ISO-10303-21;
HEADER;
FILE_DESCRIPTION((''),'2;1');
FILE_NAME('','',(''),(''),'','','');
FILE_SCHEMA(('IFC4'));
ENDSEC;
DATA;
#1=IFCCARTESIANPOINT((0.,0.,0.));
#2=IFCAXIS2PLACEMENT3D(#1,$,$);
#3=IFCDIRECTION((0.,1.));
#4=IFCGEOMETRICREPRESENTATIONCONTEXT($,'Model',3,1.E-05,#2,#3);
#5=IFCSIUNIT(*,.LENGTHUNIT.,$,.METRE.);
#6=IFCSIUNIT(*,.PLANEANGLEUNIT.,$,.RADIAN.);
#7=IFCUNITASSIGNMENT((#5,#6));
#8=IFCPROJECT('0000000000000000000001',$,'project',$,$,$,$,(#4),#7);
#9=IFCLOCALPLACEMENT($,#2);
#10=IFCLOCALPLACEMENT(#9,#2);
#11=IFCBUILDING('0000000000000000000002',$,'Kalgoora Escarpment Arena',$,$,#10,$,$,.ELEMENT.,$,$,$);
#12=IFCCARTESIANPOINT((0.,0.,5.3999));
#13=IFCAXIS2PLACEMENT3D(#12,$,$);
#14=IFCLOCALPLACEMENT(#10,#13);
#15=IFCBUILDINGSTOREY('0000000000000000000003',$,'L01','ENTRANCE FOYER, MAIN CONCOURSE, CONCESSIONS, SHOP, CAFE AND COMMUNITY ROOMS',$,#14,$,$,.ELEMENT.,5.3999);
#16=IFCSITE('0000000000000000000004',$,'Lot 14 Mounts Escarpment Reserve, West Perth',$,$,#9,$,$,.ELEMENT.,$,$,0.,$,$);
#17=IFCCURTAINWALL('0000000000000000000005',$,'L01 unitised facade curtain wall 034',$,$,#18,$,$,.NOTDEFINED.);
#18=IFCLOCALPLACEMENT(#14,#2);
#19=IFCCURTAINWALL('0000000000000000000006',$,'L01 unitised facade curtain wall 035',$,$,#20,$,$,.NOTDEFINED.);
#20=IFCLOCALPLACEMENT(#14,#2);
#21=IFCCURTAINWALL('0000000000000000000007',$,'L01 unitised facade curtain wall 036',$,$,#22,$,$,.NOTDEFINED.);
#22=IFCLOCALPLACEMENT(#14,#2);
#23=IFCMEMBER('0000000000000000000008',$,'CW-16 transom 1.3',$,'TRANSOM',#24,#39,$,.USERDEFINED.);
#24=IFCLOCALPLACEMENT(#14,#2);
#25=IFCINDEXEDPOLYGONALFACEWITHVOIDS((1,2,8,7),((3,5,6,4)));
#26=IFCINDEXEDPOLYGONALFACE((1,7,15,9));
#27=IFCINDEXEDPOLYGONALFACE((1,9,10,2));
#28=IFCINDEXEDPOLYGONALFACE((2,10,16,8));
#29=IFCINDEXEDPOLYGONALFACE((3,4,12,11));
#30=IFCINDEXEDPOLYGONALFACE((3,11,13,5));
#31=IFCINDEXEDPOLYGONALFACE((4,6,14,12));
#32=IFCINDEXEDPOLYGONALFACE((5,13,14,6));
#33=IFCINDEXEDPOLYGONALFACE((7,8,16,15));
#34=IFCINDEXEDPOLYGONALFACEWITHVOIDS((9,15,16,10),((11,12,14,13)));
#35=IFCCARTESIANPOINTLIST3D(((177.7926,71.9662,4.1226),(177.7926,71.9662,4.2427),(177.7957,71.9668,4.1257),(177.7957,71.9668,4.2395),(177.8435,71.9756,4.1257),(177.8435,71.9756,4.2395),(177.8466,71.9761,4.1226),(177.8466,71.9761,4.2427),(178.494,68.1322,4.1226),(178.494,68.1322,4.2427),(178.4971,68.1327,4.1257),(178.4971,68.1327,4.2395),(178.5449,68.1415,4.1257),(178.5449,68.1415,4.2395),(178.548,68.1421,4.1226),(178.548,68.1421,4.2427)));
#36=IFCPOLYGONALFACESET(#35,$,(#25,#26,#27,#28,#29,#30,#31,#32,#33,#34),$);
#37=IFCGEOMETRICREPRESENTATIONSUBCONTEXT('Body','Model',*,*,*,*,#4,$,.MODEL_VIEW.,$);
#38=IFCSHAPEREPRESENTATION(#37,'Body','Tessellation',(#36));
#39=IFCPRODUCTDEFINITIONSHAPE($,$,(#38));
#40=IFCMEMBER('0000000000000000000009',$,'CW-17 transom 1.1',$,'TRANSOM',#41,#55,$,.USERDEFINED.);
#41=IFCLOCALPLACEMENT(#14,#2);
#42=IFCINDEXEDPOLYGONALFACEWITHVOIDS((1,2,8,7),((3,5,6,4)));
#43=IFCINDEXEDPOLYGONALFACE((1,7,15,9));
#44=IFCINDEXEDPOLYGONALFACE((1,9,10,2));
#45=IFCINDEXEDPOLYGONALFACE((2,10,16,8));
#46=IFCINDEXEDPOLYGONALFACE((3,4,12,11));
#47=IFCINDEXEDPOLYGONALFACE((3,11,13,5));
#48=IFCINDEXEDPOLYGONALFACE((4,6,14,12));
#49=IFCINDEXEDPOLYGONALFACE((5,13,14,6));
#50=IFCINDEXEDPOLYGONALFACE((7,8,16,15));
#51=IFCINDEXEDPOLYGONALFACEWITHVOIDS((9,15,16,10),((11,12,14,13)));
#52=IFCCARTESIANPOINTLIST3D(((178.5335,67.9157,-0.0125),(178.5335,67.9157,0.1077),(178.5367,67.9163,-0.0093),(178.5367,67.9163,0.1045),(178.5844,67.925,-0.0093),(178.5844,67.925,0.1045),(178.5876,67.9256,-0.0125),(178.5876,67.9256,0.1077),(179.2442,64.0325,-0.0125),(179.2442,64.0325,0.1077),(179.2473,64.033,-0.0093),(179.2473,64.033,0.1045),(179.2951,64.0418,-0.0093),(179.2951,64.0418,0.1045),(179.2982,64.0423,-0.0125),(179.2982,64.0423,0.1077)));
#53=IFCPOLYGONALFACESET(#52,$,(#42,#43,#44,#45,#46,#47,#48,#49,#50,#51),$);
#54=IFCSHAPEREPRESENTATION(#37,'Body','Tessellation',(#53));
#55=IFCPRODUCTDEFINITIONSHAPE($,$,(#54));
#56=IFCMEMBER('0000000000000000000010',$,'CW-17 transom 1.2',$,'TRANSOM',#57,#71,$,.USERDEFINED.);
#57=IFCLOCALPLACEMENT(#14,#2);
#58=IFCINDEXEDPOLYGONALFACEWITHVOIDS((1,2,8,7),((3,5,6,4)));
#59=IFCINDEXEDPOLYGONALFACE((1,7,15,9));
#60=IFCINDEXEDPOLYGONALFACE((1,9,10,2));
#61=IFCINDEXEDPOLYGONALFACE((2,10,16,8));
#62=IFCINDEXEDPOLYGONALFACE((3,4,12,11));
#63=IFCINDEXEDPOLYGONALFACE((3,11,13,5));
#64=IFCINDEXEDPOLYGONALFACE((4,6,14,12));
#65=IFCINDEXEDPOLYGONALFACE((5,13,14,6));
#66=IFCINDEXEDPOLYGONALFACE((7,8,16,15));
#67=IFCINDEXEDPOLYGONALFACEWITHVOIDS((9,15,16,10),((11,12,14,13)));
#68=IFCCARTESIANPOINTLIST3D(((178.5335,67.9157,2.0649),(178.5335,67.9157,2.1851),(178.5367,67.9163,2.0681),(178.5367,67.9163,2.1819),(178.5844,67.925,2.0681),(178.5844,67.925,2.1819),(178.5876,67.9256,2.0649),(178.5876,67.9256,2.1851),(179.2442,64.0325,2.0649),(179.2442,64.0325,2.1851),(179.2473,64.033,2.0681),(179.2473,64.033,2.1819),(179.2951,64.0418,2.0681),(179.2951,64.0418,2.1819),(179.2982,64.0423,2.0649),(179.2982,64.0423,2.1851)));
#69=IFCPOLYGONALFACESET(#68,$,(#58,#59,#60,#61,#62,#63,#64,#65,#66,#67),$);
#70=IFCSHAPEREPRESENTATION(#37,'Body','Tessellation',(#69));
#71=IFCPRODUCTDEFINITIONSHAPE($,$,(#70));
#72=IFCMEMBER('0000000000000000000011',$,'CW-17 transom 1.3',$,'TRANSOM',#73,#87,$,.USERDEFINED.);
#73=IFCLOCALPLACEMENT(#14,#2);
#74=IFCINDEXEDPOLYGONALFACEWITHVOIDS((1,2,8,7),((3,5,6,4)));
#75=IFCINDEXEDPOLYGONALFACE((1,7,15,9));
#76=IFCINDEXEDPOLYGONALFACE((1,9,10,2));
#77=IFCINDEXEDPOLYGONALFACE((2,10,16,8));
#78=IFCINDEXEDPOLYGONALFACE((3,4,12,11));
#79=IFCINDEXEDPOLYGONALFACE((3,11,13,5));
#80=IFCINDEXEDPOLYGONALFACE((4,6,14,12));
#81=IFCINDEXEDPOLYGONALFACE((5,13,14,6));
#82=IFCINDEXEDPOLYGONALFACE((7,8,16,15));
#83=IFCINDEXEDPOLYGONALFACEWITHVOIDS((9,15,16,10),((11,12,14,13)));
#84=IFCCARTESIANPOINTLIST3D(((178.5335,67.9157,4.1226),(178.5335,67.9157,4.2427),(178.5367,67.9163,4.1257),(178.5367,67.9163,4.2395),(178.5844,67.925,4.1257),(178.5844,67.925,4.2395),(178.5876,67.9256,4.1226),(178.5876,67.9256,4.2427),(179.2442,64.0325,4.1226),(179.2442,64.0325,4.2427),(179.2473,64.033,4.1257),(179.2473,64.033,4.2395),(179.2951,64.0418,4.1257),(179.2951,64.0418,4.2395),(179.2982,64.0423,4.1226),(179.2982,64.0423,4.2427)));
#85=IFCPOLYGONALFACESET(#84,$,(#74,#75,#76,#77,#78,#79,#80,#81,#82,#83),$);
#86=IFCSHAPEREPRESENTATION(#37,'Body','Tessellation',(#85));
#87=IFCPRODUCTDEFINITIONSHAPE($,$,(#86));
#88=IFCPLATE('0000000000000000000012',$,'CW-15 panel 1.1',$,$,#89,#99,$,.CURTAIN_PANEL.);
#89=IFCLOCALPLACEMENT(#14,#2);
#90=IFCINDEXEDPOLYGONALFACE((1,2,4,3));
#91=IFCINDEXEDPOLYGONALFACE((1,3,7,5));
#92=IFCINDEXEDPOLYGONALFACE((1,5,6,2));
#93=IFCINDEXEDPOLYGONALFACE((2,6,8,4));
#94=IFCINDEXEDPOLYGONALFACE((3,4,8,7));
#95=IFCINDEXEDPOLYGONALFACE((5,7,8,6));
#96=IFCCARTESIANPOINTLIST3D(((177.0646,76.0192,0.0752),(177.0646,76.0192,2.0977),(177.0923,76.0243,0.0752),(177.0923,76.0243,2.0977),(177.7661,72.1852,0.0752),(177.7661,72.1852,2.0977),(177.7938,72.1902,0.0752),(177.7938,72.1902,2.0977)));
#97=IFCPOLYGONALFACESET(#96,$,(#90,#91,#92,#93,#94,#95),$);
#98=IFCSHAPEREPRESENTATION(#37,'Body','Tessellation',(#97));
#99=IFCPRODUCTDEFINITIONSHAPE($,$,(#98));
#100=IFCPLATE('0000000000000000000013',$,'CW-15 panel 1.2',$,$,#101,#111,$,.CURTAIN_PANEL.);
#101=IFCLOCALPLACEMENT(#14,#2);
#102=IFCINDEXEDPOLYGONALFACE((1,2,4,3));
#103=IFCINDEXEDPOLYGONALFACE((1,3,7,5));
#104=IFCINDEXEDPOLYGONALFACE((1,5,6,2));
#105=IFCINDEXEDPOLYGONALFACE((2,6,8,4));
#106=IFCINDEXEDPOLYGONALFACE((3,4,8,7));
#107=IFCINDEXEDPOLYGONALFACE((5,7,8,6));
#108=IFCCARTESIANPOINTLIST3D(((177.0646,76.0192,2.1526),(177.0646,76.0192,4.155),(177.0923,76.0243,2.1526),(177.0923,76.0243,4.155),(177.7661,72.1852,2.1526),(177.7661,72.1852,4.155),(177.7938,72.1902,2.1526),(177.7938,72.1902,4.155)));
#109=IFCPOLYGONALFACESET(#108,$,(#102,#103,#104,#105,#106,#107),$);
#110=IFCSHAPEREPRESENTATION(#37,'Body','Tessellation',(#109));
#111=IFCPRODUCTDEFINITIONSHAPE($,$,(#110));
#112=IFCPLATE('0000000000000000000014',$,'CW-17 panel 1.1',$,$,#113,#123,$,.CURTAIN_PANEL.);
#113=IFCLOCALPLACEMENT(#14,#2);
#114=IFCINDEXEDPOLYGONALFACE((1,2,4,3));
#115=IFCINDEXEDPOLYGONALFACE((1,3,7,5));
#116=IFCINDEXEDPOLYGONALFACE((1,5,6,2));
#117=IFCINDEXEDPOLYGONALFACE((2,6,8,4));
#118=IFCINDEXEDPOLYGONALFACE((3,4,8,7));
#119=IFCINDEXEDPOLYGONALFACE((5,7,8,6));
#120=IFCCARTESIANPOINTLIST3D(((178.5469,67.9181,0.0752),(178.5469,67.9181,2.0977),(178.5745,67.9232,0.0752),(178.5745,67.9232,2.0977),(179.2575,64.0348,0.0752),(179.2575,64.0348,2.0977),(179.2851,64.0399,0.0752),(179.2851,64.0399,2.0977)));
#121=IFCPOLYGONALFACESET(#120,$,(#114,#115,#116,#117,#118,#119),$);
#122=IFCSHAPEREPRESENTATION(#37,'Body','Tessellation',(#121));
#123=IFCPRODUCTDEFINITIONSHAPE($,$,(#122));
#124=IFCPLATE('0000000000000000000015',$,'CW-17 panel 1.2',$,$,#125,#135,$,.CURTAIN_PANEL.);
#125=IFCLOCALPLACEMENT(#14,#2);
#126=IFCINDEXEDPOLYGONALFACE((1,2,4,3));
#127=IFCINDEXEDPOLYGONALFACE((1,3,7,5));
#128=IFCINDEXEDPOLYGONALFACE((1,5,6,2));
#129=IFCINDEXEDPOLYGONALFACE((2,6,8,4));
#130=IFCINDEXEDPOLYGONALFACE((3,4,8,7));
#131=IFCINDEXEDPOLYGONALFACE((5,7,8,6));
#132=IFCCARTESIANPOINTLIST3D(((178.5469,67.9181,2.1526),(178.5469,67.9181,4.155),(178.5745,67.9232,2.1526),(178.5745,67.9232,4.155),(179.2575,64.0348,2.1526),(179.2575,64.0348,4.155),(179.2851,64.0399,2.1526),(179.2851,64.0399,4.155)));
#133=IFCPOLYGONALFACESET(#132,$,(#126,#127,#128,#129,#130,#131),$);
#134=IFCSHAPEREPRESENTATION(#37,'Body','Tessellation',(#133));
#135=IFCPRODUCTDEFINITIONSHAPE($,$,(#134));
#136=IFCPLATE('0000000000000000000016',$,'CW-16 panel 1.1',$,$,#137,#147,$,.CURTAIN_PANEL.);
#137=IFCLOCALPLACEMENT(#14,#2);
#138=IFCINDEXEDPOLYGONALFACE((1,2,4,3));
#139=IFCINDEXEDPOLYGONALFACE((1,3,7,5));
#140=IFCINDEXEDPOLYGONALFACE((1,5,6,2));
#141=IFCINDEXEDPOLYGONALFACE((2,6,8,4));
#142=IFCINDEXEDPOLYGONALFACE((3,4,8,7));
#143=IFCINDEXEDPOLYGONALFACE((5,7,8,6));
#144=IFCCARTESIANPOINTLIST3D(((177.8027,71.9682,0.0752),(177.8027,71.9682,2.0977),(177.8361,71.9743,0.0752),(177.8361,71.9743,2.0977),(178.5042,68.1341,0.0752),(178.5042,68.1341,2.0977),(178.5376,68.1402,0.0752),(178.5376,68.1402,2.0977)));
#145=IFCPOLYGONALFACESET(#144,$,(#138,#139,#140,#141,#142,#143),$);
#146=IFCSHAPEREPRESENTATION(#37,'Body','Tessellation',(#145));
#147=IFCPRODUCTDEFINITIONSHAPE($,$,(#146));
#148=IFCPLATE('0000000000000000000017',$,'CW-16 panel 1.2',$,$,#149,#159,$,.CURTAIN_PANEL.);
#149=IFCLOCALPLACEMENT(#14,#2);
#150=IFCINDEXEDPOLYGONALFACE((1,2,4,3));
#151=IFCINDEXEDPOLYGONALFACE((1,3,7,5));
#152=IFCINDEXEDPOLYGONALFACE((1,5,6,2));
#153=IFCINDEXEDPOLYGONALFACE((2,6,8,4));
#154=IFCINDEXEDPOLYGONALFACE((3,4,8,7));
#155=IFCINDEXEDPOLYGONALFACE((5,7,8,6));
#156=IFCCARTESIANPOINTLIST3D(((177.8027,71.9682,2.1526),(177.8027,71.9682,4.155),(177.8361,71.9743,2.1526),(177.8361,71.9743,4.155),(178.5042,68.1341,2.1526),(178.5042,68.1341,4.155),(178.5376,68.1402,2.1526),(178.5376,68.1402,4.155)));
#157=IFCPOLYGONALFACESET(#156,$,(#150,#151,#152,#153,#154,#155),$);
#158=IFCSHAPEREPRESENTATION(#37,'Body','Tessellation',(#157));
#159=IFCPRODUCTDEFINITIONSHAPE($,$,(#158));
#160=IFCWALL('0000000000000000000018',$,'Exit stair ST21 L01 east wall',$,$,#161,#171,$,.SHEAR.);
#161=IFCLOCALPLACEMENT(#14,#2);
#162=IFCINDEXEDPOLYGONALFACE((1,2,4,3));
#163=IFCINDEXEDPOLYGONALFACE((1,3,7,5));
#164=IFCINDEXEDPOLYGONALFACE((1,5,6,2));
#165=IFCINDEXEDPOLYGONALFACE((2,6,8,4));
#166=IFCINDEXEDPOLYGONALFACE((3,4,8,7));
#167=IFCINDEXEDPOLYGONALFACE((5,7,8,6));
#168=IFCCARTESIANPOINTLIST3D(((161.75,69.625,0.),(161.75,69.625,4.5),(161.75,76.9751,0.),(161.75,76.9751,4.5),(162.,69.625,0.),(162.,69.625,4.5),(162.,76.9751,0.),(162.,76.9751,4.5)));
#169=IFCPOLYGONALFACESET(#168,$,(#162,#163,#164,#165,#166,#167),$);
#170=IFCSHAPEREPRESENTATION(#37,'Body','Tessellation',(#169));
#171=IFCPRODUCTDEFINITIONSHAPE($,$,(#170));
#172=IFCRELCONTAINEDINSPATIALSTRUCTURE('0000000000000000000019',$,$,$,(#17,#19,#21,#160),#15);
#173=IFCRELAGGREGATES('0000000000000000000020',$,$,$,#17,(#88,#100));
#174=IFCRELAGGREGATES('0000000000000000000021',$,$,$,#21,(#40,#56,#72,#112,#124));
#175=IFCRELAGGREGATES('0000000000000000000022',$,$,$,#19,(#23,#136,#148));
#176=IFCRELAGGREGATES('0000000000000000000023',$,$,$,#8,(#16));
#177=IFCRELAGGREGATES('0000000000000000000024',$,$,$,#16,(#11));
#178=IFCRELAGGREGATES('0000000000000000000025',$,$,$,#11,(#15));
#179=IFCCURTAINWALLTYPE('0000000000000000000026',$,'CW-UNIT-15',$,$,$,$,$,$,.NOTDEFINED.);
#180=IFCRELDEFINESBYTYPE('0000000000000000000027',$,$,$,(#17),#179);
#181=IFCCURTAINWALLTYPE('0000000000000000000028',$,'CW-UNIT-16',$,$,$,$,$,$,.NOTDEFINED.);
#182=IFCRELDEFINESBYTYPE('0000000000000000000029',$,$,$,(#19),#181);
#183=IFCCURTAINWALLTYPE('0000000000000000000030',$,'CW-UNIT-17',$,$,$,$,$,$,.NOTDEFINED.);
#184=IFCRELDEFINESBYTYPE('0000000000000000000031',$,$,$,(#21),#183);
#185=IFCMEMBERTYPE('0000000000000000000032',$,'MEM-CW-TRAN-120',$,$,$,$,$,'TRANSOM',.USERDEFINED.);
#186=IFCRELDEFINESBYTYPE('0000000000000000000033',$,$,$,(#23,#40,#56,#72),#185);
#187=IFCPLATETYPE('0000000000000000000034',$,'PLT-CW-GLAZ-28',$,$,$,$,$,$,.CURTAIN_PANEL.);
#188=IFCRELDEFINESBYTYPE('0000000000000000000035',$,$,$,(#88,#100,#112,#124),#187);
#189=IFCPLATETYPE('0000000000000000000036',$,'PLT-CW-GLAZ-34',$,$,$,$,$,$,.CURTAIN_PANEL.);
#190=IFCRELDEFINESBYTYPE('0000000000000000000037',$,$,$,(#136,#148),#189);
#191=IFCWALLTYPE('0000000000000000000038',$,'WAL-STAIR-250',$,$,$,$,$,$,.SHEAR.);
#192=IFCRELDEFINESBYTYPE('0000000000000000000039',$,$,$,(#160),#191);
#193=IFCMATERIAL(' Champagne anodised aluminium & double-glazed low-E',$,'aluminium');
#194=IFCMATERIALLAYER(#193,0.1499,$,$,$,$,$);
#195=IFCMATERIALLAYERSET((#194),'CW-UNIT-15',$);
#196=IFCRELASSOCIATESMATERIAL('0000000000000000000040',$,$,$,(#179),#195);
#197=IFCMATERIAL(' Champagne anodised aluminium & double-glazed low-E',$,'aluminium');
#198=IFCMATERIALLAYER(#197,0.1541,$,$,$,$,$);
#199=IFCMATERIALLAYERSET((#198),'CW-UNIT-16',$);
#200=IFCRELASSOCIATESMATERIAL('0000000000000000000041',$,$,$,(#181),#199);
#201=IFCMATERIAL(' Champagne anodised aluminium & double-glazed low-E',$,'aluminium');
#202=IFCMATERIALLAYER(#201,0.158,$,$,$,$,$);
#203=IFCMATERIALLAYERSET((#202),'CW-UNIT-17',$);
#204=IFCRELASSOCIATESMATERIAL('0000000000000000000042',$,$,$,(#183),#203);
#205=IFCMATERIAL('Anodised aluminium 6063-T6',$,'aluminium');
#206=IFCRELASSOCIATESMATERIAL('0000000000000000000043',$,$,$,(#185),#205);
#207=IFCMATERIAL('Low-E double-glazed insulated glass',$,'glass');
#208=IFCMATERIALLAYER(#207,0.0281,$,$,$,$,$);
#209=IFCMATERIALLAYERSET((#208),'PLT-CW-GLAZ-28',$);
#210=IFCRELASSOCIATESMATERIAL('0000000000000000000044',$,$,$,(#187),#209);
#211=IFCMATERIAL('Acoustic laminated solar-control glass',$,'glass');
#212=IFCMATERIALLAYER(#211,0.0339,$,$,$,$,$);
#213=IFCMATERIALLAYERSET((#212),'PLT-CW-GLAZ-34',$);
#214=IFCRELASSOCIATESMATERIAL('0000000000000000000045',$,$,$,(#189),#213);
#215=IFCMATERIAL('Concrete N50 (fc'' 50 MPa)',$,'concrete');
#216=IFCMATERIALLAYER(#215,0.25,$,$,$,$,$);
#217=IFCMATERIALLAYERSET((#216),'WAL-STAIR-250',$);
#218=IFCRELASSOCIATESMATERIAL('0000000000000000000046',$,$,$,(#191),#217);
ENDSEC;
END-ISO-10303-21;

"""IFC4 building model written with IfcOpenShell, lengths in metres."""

from ifc_helpers import new_model, si_unit, direction, frame, frame_2d, origin, origin_2d, place, context, subcontext, project, spatial, rectangle, hollow_rectangle, extrude, material, layer, layer_set, material_profile, profile_set, type_object, element, aggregate, save


model = new_model("IFC4")

# Units and contexts
model_context = context("Model", 3, precision=1e-05, world=origin(), true_north=direction((0.0, 1.0)))
body_context = subcontext(model_context, "Body", "Model", "MODEL_VIEW")
ifc_project = project(units=[si_unit("LENGTHUNIT", "METRE"), si_unit("PLANEANGLEUNIT", "RADIAN")], contexts=[model_context])

# Site, building, storey
site_placement = place(None, origin())
site = spatial("IfcSite", under=ifc_project, at=site_placement, Name="Lot 14 Mounts Escarpment Reserve, West Perth", CompositionType="ELEMENT", RefElevation=0.0)
building_placement = place(site_placement, origin())
building = spatial("IfcBuilding", under=site, at=building_placement, Name="Kalgoora Escarpment Arena", CompositionType="ELEMENT")
storey_placement = place(building_placement, frame((0.0, 0.0, 5.3999)))
storey = spatial("IfcBuildingStorey", under=building, at=storey_placement, Name="L01", Description="ENTRANCE FOYER, MAIN CONCOURSE, CONCESSIONS, SHOP, CAFE AND COMMUNITY ROOMS", CompositionType="ELEMENT", Elevation=5.3999)

# Curtain walls
ifc_material_1 = material(Name=" Champagne anodised aluminium & double-glazed low-E", Category="aluminium")
ifc_layer_1 = layer(ifc_material_1, 0.1499)
ifc_layer_set_1 = layer_set([ifc_layer_1], Name="CW-UNIT-15")
curtain_wall_type_1 = type_object("IfcCurtainWallType", Name="CW-UNIT-15", PredefinedType="NOTDEFINED", material=ifc_layer_set_1)
curtain_wall_1_placement = place(storey_placement, origin())
curtain_wall_1 = element("IfcCurtainWall", 1, at=curtain_wall_1_placement, inside=storey, type_object=curtain_wall_type_1, Name="L01 unitised facade curtain wall 034", PredefinedType="NOTDEFINED")
ifc_material_2 = material(Name=" Champagne anodised aluminium & double-glazed low-E", Category="aluminium")
ifc_layer_2 = layer(ifc_material_2, 0.1541)
ifc_layer_set_2 = layer_set([ifc_layer_2], Name="CW-UNIT-16")
curtain_wall_type_2 = type_object("IfcCurtainWallType", Name="CW-UNIT-16", PredefinedType="NOTDEFINED", material=ifc_layer_set_2)
curtain_wall_2_placement = place(storey_placement, origin())
curtain_wall_2 = element("IfcCurtainWall", 2, at=curtain_wall_2_placement, inside=storey, type_object=curtain_wall_type_2, Name="L01 unitised facade curtain wall 035", PredefinedType="NOTDEFINED")

# Curtain wall
ifc_material_3 = material(Name=" Champagne anodised aluminium & double-glazed low-E", Category="aluminium")
ifc_layer_3 = layer(ifc_material_3, 0.158)
ifc_layer_set_3 = layer_set([ifc_layer_3], Name="CW-UNIT-17")
curtain_wall_type_3 = type_object("IfcCurtainWallType", Name="CW-UNIT-17", PredefinedType="NOTDEFINED", material=ifc_layer_set_3)
curtain_wall_3_placement = place(storey_placement, origin())
curtain_wall_3 = element("IfcCurtainWall", 3, at=curtain_wall_3_placement, inside=storey, type_object=curtain_wall_type_3, Name="L01 unitised facade curtain wall 036", PredefinedType="NOTDEFINED")

# Members
ifc_material_4 = material(Name="Anodised aluminium 6063-T6", Category="aluminium")
ifc_material_profile_1 = material_profile(ifc_material_4, hollow_rectangle(XDim=0.0549, YDim=0.1201, WallThickness=0.0032, at=origin_2d()))
ifc_profile_set_1 = profile_set([ifc_material_profile_1], Name="Anodised aluminium 6063-T6")
member_type_1 = type_object("IfcMemberType", Name="MEM-CW-TRAN-120", ElementType="TRANSOM", PredefinedType="USERDEFINED", material=ifc_profile_set_1)
member_1_placement = place(storey_placement, frame((177.8196, 71.9712, 4.1826), z_axis=(0.17996, -0.983674, 0.0), x_axis=(0.983674, 0.17996, 0.0)))
member_1 = element("IfcMember", 4, at=member_1_placement, type_object=member_type_1, Name="CW-16 transom 1.3", ObjectType="TRANSOM", PredefinedType="USERDEFINED", context=body_context, shape_type="SweptSolid", body=[
    extrude(hollow_rectangle(XDim=0.0549, YDim=0.1201, WallThickness=0.0032, at=origin_2d()), origin(), (0.0, 0.0, 1.0), 3.8977),
])
member_2_placement = place(storey_placement, frame((178.5605, 67.9207, 0.0476), z_axis=(0.180023, -0.983662, 0.0), x_axis=(0.983662, 0.180023, 0.0)))
member_2 = element("IfcMember", 5, at=member_2_placement, type_object=member_type_1, Name="CW-17 transom 1.1", ObjectType="TRANSOM", PredefinedType="USERDEFINED", context=body_context, shape_type="SweptSolid", body=[
    extrude(hollow_rectangle(XDim=0.0549, YDim=0.1201, WallThickness=0.0032, at=origin_2d()), origin(), (0.0, 0.0, 1.0), 3.9478),
])
member_3_placement = place(storey_placement, frame((178.5605, 67.9207, 2.125), z_axis=(0.180023, -0.983662, 0.0), x_axis=(0.983662, 0.180023, 0.0)))
member_3 = element("IfcMember", 6, at=member_3_placement, type_object=member_type_1, Name="CW-17 transom 1.2", ObjectType="TRANSOM", PredefinedType="USERDEFINED", context=body_context, shape_type="SweptSolid", body=[
    extrude(hollow_rectangle(XDim=0.0549, YDim=0.1201, WallThickness=0.0032, at=origin_2d()), origin(), (0.0, 0.0, 1.0), 3.9478),
])
member_4_placement = place(storey_placement, frame((178.5605, 67.9207, 4.1826), z_axis=(0.180023, -0.983662, 0.0), x_axis=(0.983662, 0.180023, 0.0)))
member_4 = element("IfcMember", 7, at=member_4_placement, type_object=member_type_1, Name="CW-17 transom 1.3", ObjectType="TRANSOM", PredefinedType="USERDEFINED", context=body_context, shape_type="SweptSolid", body=[
    extrude(hollow_rectangle(XDim=0.0549, YDim=0.1201, WallThickness=0.0032, at=origin_2d()), origin(), (0.0, 0.0, 1.0), 3.9478),
])

# Plates
ifc_material_5 = material(Name="Low-E double-glazed insulated glass", Category="glass")
ifc_layer_4 = layer(ifc_material_5, 0.0281)
ifc_layer_set_4 = layer_set([ifc_layer_4], Name="PLT-CW-GLAZ-28")
plate_type_1 = type_object("IfcPlateType", Name="PLT-CW-GLAZ-28", PredefinedType="CURTAIN_PANEL", material=ifc_layer_set_4)
plate_1_placement = place(storey_placement, frame((177.4292, 74.1047, 0.0752), z_axis=(0.0, 0.0, 1.0), x_axis=(0.179974, -0.983671, 0.0)))
plate_1 = element("IfcPlate", 8, at=plate_1_placement, type_object=plate_type_1, Name="CW-15 panel 1.1", PredefinedType="CURTAIN_PANEL", context=body_context, shape_type="SweptSolid", body=[
    extrude(rectangle(XDim=3.8977, YDim=0.0281, at=origin_2d()), origin(), (0.0, 0.0, 1.0), 2.0225),
])
plate_2_placement = place(storey_placement, frame((177.4292, 74.1047, 2.1526), z_axis=(0.0, 0.0, 1.0), x_axis=(0.179974, -0.983671, 0.0)))
plate_2 = element("IfcPlate", 9, at=plate_2_placement, type_object=plate_type_1, Name="CW-15 panel 1.2", PredefinedType="CURTAIN_PANEL", context=body_context, shape_type="SweptSolid", body=[
    extrude(rectangle(XDim=3.8977, YDim=0.0281, at=origin_2d()), origin(), (0.0, 0.0, 1.0), 2.0024),
])
aggregate(curtain_wall_1, [plate_1, plate_2])
plate_3_placement = place(storey_placement, frame((178.916, 65.979, 0.0752), z_axis=(0.0, 0.0, 1.0), x_axis=(0.180002, -0.983666, 0.0)))
plate_3 = element("IfcPlate", 10, at=plate_3_placement, type_object=plate_type_1, Name="CW-17 panel 1.1", PredefinedType="CURTAIN_PANEL", context=body_context, shape_type="SweptSolid", body=[
    extrude(rectangle(XDim=3.9478, YDim=0.0281, at=origin_2d()), origin(), (0.0, 0.0, 1.0), 2.0225),
])
plate_4_placement = place(storey_placement, frame((178.916, 65.979, 2.1526), z_axis=(0.0, 0.0, 1.0), x_axis=(0.180002, -0.983666, 0.0)))
plate_4 = element("IfcPlate", 11, at=plate_4_placement, type_object=plate_type_1, Name="CW-17 panel 1.2", PredefinedType="CURTAIN_PANEL", context=body_context, shape_type="SweptSolid", body=[
    extrude(rectangle(XDim=3.9478, YDim=0.0281, at=origin_2d()), origin(), (0.0, 0.0, 1.0), 2.0024),
])
aggregate(curtain_wall_3, [member_2, member_3, member_4, plate_3, plate_4])
ifc_material_6 = material(Name="Acoustic laminated solar-control glass", Category="glass")
ifc_layer_5 = layer(ifc_material_6, 0.0339)
ifc_layer_set_5 = layer_set([ifc_layer_5], Name="PLT-CW-GLAZ-34")
plate_type_2 = type_object("IfcPlateType", Name="PLT-CW-GLAZ-34", PredefinedType="CURTAIN_PANEL", material=ifc_layer_set_5)
plate_5_placement = place(storey_placement, frame((178.1702, 70.0542, 0.0752), z_axis=(0.0, 0.0, 1.0), x_axis=(0.179974, -0.983671, 0.0)))
plate_5 = element("IfcPlate", 12, at=plate_5_placement, type_object=plate_type_2, Name="CW-16 panel 1.1", PredefinedType="CURTAIN_PANEL", context=body_context, shape_type="SweptSolid", body=[
    extrude(rectangle(XDim=3.8977, YDim=0.0339, at=origin_2d()), origin(), (0.0, 0.0, 1.0), 2.0225),
])
plate_6_placement = place(storey_placement, frame((178.1702, 70.0542, 2.1526), z_axis=(0.0, 0.0, 1.0), x_axis=(0.179974, -0.983671, 0.0)))
plate_6 = element("IfcPlate", 13, at=plate_6_placement, type_object=plate_type_2, Name="CW-16 panel 1.2", PredefinedType="CURTAIN_PANEL", context=body_context, shape_type="SweptSolid", body=[
    extrude(rectangle(XDim=3.8977, YDim=0.0339, at=origin_2d()), origin(), (0.0, 0.0, 1.0), 2.0024),
])
aggregate(curtain_wall_2, [member_1, plate_5, plate_6])

# Wall
ifc_material_7 = material(Name="Concrete N50 (fc' 50 MPa)", Category="concrete")
ifc_layer_6 = layer(ifc_material_7, 0.25)
ifc_layer_set_6 = layer_set([ifc_layer_6], Name="WAL-STAIR-250")
wall_type = type_object("IfcWallType", Name="WAL-STAIR-250", PredefinedType="SHEAR", material=ifc_layer_set_6)
wall_placement = place(storey_placement, frame((161.875, 69.625, 0.0), z_axis=(0.0, 0.0, 1.0), x_axis=(0.0, 1.0, 0.0)))
element("IfcWall", 14, at=wall_placement, inside=storey, type_object=wall_type, Name="Exit stair ST21 L01 east wall", PredefinedType="SHEAR", context=body_context, shape_type="SweptSolid", body=[
    extrude(rectangle(XDim=7.3501, YDim=0.25, at=frame_2d((3.675, 0.0))), origin(), (0.0, 0.0, 1.0), 4.5),
])

save(model, "model.ifc")
